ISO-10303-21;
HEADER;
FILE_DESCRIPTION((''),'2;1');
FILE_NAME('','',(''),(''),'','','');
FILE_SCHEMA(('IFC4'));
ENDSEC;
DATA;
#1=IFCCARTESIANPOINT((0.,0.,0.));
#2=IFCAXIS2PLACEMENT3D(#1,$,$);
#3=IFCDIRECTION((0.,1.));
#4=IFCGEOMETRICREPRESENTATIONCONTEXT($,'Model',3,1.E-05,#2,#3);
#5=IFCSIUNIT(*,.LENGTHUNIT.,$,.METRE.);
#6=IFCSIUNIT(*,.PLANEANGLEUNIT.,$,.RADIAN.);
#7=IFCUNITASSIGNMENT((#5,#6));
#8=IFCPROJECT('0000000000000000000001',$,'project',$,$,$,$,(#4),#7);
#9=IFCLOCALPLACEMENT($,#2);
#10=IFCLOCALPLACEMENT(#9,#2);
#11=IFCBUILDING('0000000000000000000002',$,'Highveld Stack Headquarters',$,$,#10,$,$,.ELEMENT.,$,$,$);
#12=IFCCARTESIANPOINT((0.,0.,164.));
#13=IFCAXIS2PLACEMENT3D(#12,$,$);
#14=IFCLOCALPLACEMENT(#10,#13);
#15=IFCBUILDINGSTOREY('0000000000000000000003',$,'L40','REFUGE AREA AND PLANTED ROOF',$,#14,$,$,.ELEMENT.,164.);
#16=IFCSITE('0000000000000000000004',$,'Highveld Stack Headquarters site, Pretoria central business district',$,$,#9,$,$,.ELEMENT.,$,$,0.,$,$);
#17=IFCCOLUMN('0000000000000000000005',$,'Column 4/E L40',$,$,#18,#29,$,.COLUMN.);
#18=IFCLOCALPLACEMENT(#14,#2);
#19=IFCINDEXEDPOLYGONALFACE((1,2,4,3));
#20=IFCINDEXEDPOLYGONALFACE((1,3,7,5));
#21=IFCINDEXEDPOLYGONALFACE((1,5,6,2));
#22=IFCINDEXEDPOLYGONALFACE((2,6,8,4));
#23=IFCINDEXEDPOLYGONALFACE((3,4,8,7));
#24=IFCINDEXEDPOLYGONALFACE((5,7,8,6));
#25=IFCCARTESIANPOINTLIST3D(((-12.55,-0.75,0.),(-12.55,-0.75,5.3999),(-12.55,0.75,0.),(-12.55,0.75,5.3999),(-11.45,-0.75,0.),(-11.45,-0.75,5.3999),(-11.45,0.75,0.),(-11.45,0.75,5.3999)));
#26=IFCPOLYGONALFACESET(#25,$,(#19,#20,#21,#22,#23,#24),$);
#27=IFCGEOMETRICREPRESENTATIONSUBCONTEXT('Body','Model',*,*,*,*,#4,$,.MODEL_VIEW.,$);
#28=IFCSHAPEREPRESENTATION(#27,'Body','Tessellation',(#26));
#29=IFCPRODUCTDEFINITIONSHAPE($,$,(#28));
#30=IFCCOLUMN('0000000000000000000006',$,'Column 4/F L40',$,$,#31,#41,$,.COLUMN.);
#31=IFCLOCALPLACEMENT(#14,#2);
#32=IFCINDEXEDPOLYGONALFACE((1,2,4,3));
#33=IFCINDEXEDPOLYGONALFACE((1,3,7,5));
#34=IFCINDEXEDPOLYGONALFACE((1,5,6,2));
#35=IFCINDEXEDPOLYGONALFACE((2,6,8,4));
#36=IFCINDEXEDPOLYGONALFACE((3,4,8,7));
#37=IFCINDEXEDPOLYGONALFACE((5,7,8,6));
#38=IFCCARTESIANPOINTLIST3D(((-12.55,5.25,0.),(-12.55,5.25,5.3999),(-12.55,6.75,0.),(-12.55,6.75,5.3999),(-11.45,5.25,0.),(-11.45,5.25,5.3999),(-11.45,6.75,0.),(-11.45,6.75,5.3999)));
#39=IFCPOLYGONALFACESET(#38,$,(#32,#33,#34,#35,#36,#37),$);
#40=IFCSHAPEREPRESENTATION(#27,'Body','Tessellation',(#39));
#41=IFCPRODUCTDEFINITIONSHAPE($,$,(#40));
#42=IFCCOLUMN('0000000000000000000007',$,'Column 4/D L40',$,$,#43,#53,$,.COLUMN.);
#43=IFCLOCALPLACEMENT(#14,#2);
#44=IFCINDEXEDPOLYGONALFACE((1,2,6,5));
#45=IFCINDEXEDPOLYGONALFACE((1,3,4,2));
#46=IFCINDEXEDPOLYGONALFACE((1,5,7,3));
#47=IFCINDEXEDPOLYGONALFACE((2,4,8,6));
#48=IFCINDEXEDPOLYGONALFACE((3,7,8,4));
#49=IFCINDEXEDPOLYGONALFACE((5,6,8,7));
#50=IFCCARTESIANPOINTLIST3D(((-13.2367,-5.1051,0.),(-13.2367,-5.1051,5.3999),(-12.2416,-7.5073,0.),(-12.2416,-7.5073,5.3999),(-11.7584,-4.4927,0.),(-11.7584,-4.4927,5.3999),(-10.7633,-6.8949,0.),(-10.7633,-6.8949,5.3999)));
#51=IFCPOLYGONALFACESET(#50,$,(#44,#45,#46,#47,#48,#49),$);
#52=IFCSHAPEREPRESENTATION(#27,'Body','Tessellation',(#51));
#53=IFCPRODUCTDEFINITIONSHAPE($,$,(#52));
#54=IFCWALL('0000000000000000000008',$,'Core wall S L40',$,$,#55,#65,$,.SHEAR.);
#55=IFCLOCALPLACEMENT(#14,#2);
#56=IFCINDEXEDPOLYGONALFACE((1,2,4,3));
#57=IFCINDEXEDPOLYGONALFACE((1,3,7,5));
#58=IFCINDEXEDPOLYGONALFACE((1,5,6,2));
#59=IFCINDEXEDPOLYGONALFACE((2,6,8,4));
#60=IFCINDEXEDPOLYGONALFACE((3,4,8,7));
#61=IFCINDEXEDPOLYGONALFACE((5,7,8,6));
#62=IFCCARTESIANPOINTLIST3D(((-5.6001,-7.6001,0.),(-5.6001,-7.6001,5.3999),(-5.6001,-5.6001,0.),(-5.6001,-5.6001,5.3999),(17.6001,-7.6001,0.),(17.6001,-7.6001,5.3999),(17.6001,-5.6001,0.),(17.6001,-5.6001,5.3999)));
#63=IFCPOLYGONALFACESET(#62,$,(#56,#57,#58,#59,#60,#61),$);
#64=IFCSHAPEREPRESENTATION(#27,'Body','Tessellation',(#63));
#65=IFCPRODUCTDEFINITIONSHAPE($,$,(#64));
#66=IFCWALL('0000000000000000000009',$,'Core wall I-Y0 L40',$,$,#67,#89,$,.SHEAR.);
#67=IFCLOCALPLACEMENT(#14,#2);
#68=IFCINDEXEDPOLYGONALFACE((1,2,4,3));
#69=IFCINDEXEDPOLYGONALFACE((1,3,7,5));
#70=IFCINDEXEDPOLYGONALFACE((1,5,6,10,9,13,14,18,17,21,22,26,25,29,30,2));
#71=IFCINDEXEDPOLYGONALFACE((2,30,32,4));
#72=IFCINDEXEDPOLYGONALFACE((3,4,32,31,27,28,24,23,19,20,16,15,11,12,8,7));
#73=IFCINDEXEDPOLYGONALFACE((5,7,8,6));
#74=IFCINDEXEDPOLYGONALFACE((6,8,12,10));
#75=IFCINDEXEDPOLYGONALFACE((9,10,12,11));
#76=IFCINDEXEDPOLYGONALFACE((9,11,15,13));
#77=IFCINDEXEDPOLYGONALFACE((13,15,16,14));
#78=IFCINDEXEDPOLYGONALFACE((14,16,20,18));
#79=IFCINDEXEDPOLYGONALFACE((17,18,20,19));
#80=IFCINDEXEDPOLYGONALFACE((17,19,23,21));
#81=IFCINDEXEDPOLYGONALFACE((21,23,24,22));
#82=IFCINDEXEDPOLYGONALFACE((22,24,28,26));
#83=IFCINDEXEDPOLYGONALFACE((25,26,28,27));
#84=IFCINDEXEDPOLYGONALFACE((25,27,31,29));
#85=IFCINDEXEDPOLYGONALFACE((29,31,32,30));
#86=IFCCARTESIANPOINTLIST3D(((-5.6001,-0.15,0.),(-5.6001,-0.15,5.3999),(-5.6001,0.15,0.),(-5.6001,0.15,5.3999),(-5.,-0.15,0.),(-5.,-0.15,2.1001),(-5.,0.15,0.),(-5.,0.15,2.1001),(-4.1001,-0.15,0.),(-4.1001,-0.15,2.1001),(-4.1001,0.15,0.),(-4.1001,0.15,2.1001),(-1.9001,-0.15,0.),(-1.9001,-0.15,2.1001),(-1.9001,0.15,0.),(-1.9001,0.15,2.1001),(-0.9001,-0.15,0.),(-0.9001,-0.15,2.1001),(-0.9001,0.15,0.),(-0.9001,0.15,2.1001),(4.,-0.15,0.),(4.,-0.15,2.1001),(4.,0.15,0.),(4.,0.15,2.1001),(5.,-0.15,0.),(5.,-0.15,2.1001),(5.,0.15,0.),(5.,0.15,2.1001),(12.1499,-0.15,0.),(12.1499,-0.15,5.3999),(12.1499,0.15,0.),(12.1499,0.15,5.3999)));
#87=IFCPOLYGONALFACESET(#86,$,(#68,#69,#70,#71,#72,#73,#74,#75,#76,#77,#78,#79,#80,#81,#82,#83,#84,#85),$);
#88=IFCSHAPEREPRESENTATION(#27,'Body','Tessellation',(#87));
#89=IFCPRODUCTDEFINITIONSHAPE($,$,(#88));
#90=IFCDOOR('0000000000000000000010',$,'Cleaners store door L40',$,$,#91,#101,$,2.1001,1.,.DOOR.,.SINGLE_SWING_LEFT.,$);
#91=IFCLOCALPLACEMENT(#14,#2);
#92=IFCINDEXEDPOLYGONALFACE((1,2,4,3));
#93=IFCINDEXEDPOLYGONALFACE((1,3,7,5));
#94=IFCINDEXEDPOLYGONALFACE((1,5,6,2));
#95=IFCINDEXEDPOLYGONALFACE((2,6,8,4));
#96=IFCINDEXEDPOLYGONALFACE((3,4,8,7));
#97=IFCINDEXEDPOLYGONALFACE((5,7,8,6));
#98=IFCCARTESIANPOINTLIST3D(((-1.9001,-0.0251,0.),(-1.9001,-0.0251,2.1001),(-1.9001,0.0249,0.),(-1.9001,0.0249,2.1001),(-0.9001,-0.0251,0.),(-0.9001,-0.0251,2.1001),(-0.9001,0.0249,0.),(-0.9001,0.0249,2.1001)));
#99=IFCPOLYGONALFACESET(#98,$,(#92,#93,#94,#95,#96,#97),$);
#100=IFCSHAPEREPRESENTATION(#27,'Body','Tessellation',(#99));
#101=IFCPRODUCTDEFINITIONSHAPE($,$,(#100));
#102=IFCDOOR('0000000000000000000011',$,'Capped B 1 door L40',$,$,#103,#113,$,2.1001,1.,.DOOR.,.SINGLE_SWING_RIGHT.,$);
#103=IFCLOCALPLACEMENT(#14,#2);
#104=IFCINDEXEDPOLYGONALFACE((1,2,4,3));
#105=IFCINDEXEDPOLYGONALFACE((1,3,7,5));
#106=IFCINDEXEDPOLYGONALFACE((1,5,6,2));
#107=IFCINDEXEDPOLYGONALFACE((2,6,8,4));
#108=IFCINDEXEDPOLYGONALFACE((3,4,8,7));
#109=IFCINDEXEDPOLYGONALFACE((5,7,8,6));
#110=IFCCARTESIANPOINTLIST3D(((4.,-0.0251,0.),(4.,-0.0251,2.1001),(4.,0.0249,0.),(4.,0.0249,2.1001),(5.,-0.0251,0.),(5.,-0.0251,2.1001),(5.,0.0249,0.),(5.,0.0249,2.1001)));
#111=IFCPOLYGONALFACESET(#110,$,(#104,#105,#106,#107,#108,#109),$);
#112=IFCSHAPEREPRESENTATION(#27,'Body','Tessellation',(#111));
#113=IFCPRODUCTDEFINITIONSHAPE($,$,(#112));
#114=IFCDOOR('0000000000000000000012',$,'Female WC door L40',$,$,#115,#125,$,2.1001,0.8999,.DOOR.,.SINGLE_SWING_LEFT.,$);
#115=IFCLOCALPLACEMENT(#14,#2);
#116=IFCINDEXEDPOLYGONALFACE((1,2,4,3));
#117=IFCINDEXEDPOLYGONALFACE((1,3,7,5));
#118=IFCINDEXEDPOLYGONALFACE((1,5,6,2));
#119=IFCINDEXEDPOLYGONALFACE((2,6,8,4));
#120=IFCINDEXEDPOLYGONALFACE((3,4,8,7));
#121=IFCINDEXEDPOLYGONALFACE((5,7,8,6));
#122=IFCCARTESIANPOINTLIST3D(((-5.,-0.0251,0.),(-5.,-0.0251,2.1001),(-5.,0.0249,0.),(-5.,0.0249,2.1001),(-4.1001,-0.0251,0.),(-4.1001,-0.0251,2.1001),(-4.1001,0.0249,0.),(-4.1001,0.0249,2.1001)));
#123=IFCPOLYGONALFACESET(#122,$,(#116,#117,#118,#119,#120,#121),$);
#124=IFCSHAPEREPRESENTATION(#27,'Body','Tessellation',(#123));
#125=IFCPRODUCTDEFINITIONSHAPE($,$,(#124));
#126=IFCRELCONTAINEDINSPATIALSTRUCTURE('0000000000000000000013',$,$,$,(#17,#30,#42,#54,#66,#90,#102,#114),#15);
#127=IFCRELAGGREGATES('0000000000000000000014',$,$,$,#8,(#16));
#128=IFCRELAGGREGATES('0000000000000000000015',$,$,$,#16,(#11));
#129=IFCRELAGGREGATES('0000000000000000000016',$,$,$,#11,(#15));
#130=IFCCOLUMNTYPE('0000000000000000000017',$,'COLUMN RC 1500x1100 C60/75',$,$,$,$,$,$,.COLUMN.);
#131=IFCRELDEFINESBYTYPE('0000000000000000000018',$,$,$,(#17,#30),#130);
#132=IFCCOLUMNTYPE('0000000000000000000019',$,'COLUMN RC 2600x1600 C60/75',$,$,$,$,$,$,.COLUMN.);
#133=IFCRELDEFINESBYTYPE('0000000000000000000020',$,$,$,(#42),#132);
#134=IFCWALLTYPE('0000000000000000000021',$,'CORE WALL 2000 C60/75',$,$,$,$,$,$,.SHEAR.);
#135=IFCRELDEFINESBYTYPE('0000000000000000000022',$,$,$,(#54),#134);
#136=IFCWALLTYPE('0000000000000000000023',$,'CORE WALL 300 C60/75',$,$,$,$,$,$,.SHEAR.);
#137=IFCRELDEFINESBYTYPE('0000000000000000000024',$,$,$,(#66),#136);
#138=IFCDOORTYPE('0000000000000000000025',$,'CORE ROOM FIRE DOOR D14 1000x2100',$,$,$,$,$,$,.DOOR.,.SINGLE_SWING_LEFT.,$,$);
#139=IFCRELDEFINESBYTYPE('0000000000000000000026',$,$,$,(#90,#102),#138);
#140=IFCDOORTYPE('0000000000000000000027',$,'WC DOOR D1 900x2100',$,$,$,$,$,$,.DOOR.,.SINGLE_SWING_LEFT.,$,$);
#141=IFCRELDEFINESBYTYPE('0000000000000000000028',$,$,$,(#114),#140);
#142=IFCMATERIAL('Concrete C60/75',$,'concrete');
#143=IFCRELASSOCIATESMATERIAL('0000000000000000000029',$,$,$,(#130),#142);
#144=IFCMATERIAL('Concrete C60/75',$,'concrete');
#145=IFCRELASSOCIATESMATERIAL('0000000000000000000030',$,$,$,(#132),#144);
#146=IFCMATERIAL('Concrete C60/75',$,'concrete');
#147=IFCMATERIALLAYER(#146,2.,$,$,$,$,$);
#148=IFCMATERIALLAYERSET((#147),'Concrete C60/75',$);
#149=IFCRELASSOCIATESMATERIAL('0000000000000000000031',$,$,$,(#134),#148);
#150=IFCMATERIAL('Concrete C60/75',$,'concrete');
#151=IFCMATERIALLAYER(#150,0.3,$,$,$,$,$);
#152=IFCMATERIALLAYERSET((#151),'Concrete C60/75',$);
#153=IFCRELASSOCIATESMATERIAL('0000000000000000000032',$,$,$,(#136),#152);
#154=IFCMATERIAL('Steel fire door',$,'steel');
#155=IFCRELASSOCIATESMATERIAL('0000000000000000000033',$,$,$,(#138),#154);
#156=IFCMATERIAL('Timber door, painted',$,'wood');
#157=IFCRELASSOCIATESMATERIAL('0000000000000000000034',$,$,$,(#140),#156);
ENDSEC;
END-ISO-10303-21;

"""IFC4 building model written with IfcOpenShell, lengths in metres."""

from ifc_helpers import new_model, si_unit, direction, frame, frame_2d, origin, origin_2d, place, context, subcontext, project, spatial, rectangle, extrude, material, layer, layer_set, material_profile, profile_set, type_object, element, fill, save


model = new_model("IFC4")

# Units and contexts
model_context = context("Model", 3, precision=1e-05, world=origin(), true_north=direction((0.0, 1.0)))
body_context = subcontext(model_context, "Body", "Model", "MODEL_VIEW")
ifc_project = project(units=[si_unit("LENGTHUNIT", "METRE"), si_unit("PLANEANGLEUNIT", "RADIAN")], contexts=[model_context])

# Site, building, storey
site_placement = place(None, origin())
site = spatial("IfcSite", under=ifc_project, at=site_placement, Name="Highveld Stack Headquarters site, Pretoria central business district", CompositionType="ELEMENT", RefElevation=0.0)
building_placement = place(site_placement, origin())
building = spatial("IfcBuilding", under=site, at=building_placement, Name="Highveld Stack Headquarters", CompositionType="ELEMENT")
storey_placement = place(building_placement, frame((0.0, 0.0, 164.0)))
storey = spatial("IfcBuildingStorey", under=building, at=storey_placement, Name="L40", Description="REFUGE AREA AND PLANTED ROOF", CompositionType="ELEMENT", Elevation=164.0)

# Columns
ifc_material_1 = material(Name="Concrete C60/75", Category="concrete")
ifc_material_profile_1 = material_profile(ifc_material_1, rectangle(XDim=1.5, YDim=1.1001, at=origin_2d()), Name="RC 1500x1100")
ifc_profile_set_1 = profile_set([ifc_material_profile_1], Name="Concrete C60/75")
column_type_1 = type_object("IfcColumnType", Name="COLUMN RC 1500x1100 C60/75", PredefinedType="COLUMN", material=ifc_profile_set_1)
for number, where, z_axis, x_axis, name in (
    (1, (-12.0, 0.0, 0.0), (0.0, 0.0, 1.0), (0.0, 1.0, 0.0), "Column 4/E L40"),
    (2, (-12.0, 6.0, 0.0), (0.0, 0.0, 1.0), (0.0, 1.0, 0.0), "Column 4/F L40"),
):
    element("IfcColumn", number, at=place(storey_placement, frame(where, z_axis=z_axis, x_axis=x_axis)), inside=storey, type_object=column_type_1, Name=name, PredefinedType="COLUMN", context=body_context, shape_type="SweptSolid", body=[
        extrude(rectangle(XDim=1.5, YDim=1.1001, at=origin_2d()), origin(), (0.0, 0.0, 1.0), 5.3999),
    ])
ifc_material_2 = material(Name="Concrete C60/75", Category="concrete")
ifc_material_profile_2 = material_profile(ifc_material_2, rectangle(XDim=2.6001, YDim=1.6001, at=origin_2d()), Name="RC 2600x1600")
ifc_profile_set_2 = profile_set([ifc_material_profile_2], Name="Concrete C60/75")
column_type_2 = type_object("IfcColumnType", Name="COLUMN RC 2600x1600 C60/75", PredefinedType="COLUMN", material=ifc_profile_set_2)
column_placement = place(storey_placement, frame((-12.0, -6.0, 0.0), z_axis=(0.0, 0.0, 1.0), x_axis=(-0.382683, 0.92388, 0.0)))
element("IfcColumn", 3, at=column_placement, inside=storey, type_object=column_type_2, Name="Column 4/D L40", PredefinedType="COLUMN", context=body_context, shape_type="SweptSolid", body=[
    extrude(rectangle(XDim=2.6001, YDim=1.6001, at=origin_2d()), origin(), (0.0, 0.0, 1.0), 5.3999),
])

# Wall
ifc_material_3 = material(Name="Concrete C60/75", Category="concrete")
ifc_layer_1 = layer(ifc_material_3, 2.0)
ifc_layer_set_1 = layer_set([ifc_layer_1], Name="Concrete C60/75")
wall_type_1 = type_object("IfcWallType", Name="CORE WALL 2000 C60/75", PredefinedType="SHEAR", material=ifc_layer_set_1)
wall_1_placement = place(storey_placement, frame((-5.6001, -6.6001, 0.0), z_axis=(0.0, 0.0, 1.0), x_axis=(1.0, 0.0, 0.0)))
element("IfcWall", 4, at=wall_1_placement, inside=storey, type_object=wall_type_1, Name="Core wall S L40", PredefinedType="SHEAR", context=body_context, shape_type="SweptSolid", body=[
    extrude(rectangle(XDim=23.2002, YDim=2.0, at=frame_2d((11.6001, 0.0))), origin(), (0.0, 0.0, 1.0), 5.3999),
])

# Wall, openings, doors
ifc_material_4 = material(Name="Concrete C60/75", Category="concrete")
ifc_layer_2 = layer(ifc_material_4, 0.3)
ifc_layer_set_2 = layer_set([ifc_layer_2], Name="Concrete C60/75")
wall_type_2 = type_object("IfcWallType", Name="CORE WALL 300 C60/75", PredefinedType="SHEAR", material=ifc_layer_set_2)
wall_2_placement = place(storey_placement, frame((-5.6001, 0.0, 0.0), z_axis=(0.0, 0.0, 1.0), x_axis=(1.0, 0.0, 0.0)))
wall_2 = element("IfcWall", 5, at=wall_2_placement, inside=storey, type_object=wall_type_2, Name="Core wall I-Y0 L40", PredefinedType="SHEAR", context=body_context, shape_type="SweptSolid", body=[
    extrude(rectangle(XDim=17.75, YDim=0.3, at=frame_2d((8.875, 0.0))), origin(), (0.0, 0.0, 1.0), 5.3999),
])
opening_1_placement = place(wall_2_placement, frame((0.6001, 0.0, 0.0)))
opening_1 = element("IfcOpeningElement", 6, at=opening_1_placement, cuts=wall_2, PredefinedType="OPENING", context=body_context, shape_type="SweptSolid", body=[
    extrude(rectangle(XDim=0.8999, YDim=2.1001, at=frame_2d((0.45, 1.05))), frame((0.0, 0.1599, 0.0), z_axis=(0.0, -1.0, 0.0), x_axis=(1.0, 0.0, 0.0)), (0.0, 0.0, 1.0), 0.3201),
])
opening_2_placement = place(wall_2_placement, frame((3.7, 0.0, 0.0)))
opening_2 = element("IfcOpeningElement", 7, at=opening_2_placement, cuts=wall_2, PredefinedType="OPENING", context=body_context, shape_type="SweptSolid", body=[
    extrude(rectangle(XDim=1.0, YDim=2.1001, at=frame_2d((0.5, 1.05))), frame((0.0, 0.1599, 0.0), z_axis=(0.0, -1.0, 0.0), x_axis=(1.0, 0.0, 0.0)), (0.0, 0.0, 1.0), 0.3201),
])
opening_3_placement = place(wall_2_placement, frame((9.6001, 0.0, 0.0)))
opening_3 = element("IfcOpeningElement", 8, at=opening_3_placement, cuts=wall_2, PredefinedType="OPENING", context=body_context, shape_type="SweptSolid", body=[
    extrude(rectangle(XDim=1.0, YDim=2.1001, at=frame_2d((0.5, 1.05))), frame((0.0, 0.1599, 0.0), z_axis=(0.0, -1.0, 0.0), x_axis=(1.0, 0.0, 0.0)), (0.0, 0.0, 1.0), 0.3201),
])
ifc_material_5 = material(Name="Steel fire door", Category="steel")
door_type_1 = type_object("IfcDoorType", Name="CORE ROOM FIRE DOOR D14 1000x2100", OperationType="SINGLE_SWING_LEFT", PredefinedType="DOOR", material=ifc_material_5)
door_1_placement = place(opening_2_placement, origin())
door_1 = element("IfcDoor", 9, at=door_1_placement, inside=storey, type_object=door_type_1, Name="Cleaners store door L40", OperationType="SINGLE_SWING_LEFT", OverallHeight=2.1001, OverallWidth=1.0, PredefinedType="DOOR", context=body_context, shape_type="SweptSolid", body=[
    extrude(rectangle(XDim=1.0, YDim=2.1001, at=frame_2d((0.5, 1.05))), frame((0.0, 0.0249, 0.0), z_axis=(0.0, -1.0, 0.0), x_axis=(1.0, 0.0, 0.0)), (0.0, 0.0, 1.0), 0.05),
])
fill(opening_2, door_1)
door_2_placement = place(opening_3_placement, origin())
door_2 = element("IfcDoor", 10, at=door_2_placement, inside=storey, type_object=door_type_1, Name="Capped B 1 door L40", OperationType="SINGLE_SWING_RIGHT", OverallHeight=2.1001, OverallWidth=1.0, PredefinedType="DOOR", context=body_context, shape_type="SweptSolid", body=[
    extrude(rectangle(XDim=1.0, YDim=2.1001, at=frame_2d((0.5, 1.05))), frame((0.0, 0.0249, 0.0), z_axis=(0.0, -1.0, 0.0), x_axis=(1.0, 0.0, 0.0)), (0.0, 0.0, 1.0), 0.05),
])
fill(opening_3, door_2)
ifc_material_6 = material(Name="Timber door, painted", Category="wood")
door_type_2 = type_object("IfcDoorType", Name="WC DOOR D1 900x2100", OperationType="SINGLE_SWING_LEFT", PredefinedType="DOOR", material=ifc_material_6)
door_3_placement = place(opening_1_placement, origin())
door_3 = element("IfcDoor", 11, at=door_3_placement, inside=storey, type_object=door_type_2, Name="Female WC door L40", OperationType="SINGLE_SWING_LEFT", OverallHeight=2.1001, OverallWidth=0.8999, PredefinedType="DOOR", context=body_context, shape_type="SweptSolid", body=[
    extrude(rectangle(XDim=0.8999, YDim=2.1001, at=frame_2d((0.45, 1.05))), frame((0.0, 0.0249, 0.0), z_axis=(0.0, -1.0, 0.0), x_axis=(1.0, 0.0, 0.0)), (0.0, 0.0, 1.0), 0.05),
])
fill(opening_1, door_3)

save(model, "model.ifc")
